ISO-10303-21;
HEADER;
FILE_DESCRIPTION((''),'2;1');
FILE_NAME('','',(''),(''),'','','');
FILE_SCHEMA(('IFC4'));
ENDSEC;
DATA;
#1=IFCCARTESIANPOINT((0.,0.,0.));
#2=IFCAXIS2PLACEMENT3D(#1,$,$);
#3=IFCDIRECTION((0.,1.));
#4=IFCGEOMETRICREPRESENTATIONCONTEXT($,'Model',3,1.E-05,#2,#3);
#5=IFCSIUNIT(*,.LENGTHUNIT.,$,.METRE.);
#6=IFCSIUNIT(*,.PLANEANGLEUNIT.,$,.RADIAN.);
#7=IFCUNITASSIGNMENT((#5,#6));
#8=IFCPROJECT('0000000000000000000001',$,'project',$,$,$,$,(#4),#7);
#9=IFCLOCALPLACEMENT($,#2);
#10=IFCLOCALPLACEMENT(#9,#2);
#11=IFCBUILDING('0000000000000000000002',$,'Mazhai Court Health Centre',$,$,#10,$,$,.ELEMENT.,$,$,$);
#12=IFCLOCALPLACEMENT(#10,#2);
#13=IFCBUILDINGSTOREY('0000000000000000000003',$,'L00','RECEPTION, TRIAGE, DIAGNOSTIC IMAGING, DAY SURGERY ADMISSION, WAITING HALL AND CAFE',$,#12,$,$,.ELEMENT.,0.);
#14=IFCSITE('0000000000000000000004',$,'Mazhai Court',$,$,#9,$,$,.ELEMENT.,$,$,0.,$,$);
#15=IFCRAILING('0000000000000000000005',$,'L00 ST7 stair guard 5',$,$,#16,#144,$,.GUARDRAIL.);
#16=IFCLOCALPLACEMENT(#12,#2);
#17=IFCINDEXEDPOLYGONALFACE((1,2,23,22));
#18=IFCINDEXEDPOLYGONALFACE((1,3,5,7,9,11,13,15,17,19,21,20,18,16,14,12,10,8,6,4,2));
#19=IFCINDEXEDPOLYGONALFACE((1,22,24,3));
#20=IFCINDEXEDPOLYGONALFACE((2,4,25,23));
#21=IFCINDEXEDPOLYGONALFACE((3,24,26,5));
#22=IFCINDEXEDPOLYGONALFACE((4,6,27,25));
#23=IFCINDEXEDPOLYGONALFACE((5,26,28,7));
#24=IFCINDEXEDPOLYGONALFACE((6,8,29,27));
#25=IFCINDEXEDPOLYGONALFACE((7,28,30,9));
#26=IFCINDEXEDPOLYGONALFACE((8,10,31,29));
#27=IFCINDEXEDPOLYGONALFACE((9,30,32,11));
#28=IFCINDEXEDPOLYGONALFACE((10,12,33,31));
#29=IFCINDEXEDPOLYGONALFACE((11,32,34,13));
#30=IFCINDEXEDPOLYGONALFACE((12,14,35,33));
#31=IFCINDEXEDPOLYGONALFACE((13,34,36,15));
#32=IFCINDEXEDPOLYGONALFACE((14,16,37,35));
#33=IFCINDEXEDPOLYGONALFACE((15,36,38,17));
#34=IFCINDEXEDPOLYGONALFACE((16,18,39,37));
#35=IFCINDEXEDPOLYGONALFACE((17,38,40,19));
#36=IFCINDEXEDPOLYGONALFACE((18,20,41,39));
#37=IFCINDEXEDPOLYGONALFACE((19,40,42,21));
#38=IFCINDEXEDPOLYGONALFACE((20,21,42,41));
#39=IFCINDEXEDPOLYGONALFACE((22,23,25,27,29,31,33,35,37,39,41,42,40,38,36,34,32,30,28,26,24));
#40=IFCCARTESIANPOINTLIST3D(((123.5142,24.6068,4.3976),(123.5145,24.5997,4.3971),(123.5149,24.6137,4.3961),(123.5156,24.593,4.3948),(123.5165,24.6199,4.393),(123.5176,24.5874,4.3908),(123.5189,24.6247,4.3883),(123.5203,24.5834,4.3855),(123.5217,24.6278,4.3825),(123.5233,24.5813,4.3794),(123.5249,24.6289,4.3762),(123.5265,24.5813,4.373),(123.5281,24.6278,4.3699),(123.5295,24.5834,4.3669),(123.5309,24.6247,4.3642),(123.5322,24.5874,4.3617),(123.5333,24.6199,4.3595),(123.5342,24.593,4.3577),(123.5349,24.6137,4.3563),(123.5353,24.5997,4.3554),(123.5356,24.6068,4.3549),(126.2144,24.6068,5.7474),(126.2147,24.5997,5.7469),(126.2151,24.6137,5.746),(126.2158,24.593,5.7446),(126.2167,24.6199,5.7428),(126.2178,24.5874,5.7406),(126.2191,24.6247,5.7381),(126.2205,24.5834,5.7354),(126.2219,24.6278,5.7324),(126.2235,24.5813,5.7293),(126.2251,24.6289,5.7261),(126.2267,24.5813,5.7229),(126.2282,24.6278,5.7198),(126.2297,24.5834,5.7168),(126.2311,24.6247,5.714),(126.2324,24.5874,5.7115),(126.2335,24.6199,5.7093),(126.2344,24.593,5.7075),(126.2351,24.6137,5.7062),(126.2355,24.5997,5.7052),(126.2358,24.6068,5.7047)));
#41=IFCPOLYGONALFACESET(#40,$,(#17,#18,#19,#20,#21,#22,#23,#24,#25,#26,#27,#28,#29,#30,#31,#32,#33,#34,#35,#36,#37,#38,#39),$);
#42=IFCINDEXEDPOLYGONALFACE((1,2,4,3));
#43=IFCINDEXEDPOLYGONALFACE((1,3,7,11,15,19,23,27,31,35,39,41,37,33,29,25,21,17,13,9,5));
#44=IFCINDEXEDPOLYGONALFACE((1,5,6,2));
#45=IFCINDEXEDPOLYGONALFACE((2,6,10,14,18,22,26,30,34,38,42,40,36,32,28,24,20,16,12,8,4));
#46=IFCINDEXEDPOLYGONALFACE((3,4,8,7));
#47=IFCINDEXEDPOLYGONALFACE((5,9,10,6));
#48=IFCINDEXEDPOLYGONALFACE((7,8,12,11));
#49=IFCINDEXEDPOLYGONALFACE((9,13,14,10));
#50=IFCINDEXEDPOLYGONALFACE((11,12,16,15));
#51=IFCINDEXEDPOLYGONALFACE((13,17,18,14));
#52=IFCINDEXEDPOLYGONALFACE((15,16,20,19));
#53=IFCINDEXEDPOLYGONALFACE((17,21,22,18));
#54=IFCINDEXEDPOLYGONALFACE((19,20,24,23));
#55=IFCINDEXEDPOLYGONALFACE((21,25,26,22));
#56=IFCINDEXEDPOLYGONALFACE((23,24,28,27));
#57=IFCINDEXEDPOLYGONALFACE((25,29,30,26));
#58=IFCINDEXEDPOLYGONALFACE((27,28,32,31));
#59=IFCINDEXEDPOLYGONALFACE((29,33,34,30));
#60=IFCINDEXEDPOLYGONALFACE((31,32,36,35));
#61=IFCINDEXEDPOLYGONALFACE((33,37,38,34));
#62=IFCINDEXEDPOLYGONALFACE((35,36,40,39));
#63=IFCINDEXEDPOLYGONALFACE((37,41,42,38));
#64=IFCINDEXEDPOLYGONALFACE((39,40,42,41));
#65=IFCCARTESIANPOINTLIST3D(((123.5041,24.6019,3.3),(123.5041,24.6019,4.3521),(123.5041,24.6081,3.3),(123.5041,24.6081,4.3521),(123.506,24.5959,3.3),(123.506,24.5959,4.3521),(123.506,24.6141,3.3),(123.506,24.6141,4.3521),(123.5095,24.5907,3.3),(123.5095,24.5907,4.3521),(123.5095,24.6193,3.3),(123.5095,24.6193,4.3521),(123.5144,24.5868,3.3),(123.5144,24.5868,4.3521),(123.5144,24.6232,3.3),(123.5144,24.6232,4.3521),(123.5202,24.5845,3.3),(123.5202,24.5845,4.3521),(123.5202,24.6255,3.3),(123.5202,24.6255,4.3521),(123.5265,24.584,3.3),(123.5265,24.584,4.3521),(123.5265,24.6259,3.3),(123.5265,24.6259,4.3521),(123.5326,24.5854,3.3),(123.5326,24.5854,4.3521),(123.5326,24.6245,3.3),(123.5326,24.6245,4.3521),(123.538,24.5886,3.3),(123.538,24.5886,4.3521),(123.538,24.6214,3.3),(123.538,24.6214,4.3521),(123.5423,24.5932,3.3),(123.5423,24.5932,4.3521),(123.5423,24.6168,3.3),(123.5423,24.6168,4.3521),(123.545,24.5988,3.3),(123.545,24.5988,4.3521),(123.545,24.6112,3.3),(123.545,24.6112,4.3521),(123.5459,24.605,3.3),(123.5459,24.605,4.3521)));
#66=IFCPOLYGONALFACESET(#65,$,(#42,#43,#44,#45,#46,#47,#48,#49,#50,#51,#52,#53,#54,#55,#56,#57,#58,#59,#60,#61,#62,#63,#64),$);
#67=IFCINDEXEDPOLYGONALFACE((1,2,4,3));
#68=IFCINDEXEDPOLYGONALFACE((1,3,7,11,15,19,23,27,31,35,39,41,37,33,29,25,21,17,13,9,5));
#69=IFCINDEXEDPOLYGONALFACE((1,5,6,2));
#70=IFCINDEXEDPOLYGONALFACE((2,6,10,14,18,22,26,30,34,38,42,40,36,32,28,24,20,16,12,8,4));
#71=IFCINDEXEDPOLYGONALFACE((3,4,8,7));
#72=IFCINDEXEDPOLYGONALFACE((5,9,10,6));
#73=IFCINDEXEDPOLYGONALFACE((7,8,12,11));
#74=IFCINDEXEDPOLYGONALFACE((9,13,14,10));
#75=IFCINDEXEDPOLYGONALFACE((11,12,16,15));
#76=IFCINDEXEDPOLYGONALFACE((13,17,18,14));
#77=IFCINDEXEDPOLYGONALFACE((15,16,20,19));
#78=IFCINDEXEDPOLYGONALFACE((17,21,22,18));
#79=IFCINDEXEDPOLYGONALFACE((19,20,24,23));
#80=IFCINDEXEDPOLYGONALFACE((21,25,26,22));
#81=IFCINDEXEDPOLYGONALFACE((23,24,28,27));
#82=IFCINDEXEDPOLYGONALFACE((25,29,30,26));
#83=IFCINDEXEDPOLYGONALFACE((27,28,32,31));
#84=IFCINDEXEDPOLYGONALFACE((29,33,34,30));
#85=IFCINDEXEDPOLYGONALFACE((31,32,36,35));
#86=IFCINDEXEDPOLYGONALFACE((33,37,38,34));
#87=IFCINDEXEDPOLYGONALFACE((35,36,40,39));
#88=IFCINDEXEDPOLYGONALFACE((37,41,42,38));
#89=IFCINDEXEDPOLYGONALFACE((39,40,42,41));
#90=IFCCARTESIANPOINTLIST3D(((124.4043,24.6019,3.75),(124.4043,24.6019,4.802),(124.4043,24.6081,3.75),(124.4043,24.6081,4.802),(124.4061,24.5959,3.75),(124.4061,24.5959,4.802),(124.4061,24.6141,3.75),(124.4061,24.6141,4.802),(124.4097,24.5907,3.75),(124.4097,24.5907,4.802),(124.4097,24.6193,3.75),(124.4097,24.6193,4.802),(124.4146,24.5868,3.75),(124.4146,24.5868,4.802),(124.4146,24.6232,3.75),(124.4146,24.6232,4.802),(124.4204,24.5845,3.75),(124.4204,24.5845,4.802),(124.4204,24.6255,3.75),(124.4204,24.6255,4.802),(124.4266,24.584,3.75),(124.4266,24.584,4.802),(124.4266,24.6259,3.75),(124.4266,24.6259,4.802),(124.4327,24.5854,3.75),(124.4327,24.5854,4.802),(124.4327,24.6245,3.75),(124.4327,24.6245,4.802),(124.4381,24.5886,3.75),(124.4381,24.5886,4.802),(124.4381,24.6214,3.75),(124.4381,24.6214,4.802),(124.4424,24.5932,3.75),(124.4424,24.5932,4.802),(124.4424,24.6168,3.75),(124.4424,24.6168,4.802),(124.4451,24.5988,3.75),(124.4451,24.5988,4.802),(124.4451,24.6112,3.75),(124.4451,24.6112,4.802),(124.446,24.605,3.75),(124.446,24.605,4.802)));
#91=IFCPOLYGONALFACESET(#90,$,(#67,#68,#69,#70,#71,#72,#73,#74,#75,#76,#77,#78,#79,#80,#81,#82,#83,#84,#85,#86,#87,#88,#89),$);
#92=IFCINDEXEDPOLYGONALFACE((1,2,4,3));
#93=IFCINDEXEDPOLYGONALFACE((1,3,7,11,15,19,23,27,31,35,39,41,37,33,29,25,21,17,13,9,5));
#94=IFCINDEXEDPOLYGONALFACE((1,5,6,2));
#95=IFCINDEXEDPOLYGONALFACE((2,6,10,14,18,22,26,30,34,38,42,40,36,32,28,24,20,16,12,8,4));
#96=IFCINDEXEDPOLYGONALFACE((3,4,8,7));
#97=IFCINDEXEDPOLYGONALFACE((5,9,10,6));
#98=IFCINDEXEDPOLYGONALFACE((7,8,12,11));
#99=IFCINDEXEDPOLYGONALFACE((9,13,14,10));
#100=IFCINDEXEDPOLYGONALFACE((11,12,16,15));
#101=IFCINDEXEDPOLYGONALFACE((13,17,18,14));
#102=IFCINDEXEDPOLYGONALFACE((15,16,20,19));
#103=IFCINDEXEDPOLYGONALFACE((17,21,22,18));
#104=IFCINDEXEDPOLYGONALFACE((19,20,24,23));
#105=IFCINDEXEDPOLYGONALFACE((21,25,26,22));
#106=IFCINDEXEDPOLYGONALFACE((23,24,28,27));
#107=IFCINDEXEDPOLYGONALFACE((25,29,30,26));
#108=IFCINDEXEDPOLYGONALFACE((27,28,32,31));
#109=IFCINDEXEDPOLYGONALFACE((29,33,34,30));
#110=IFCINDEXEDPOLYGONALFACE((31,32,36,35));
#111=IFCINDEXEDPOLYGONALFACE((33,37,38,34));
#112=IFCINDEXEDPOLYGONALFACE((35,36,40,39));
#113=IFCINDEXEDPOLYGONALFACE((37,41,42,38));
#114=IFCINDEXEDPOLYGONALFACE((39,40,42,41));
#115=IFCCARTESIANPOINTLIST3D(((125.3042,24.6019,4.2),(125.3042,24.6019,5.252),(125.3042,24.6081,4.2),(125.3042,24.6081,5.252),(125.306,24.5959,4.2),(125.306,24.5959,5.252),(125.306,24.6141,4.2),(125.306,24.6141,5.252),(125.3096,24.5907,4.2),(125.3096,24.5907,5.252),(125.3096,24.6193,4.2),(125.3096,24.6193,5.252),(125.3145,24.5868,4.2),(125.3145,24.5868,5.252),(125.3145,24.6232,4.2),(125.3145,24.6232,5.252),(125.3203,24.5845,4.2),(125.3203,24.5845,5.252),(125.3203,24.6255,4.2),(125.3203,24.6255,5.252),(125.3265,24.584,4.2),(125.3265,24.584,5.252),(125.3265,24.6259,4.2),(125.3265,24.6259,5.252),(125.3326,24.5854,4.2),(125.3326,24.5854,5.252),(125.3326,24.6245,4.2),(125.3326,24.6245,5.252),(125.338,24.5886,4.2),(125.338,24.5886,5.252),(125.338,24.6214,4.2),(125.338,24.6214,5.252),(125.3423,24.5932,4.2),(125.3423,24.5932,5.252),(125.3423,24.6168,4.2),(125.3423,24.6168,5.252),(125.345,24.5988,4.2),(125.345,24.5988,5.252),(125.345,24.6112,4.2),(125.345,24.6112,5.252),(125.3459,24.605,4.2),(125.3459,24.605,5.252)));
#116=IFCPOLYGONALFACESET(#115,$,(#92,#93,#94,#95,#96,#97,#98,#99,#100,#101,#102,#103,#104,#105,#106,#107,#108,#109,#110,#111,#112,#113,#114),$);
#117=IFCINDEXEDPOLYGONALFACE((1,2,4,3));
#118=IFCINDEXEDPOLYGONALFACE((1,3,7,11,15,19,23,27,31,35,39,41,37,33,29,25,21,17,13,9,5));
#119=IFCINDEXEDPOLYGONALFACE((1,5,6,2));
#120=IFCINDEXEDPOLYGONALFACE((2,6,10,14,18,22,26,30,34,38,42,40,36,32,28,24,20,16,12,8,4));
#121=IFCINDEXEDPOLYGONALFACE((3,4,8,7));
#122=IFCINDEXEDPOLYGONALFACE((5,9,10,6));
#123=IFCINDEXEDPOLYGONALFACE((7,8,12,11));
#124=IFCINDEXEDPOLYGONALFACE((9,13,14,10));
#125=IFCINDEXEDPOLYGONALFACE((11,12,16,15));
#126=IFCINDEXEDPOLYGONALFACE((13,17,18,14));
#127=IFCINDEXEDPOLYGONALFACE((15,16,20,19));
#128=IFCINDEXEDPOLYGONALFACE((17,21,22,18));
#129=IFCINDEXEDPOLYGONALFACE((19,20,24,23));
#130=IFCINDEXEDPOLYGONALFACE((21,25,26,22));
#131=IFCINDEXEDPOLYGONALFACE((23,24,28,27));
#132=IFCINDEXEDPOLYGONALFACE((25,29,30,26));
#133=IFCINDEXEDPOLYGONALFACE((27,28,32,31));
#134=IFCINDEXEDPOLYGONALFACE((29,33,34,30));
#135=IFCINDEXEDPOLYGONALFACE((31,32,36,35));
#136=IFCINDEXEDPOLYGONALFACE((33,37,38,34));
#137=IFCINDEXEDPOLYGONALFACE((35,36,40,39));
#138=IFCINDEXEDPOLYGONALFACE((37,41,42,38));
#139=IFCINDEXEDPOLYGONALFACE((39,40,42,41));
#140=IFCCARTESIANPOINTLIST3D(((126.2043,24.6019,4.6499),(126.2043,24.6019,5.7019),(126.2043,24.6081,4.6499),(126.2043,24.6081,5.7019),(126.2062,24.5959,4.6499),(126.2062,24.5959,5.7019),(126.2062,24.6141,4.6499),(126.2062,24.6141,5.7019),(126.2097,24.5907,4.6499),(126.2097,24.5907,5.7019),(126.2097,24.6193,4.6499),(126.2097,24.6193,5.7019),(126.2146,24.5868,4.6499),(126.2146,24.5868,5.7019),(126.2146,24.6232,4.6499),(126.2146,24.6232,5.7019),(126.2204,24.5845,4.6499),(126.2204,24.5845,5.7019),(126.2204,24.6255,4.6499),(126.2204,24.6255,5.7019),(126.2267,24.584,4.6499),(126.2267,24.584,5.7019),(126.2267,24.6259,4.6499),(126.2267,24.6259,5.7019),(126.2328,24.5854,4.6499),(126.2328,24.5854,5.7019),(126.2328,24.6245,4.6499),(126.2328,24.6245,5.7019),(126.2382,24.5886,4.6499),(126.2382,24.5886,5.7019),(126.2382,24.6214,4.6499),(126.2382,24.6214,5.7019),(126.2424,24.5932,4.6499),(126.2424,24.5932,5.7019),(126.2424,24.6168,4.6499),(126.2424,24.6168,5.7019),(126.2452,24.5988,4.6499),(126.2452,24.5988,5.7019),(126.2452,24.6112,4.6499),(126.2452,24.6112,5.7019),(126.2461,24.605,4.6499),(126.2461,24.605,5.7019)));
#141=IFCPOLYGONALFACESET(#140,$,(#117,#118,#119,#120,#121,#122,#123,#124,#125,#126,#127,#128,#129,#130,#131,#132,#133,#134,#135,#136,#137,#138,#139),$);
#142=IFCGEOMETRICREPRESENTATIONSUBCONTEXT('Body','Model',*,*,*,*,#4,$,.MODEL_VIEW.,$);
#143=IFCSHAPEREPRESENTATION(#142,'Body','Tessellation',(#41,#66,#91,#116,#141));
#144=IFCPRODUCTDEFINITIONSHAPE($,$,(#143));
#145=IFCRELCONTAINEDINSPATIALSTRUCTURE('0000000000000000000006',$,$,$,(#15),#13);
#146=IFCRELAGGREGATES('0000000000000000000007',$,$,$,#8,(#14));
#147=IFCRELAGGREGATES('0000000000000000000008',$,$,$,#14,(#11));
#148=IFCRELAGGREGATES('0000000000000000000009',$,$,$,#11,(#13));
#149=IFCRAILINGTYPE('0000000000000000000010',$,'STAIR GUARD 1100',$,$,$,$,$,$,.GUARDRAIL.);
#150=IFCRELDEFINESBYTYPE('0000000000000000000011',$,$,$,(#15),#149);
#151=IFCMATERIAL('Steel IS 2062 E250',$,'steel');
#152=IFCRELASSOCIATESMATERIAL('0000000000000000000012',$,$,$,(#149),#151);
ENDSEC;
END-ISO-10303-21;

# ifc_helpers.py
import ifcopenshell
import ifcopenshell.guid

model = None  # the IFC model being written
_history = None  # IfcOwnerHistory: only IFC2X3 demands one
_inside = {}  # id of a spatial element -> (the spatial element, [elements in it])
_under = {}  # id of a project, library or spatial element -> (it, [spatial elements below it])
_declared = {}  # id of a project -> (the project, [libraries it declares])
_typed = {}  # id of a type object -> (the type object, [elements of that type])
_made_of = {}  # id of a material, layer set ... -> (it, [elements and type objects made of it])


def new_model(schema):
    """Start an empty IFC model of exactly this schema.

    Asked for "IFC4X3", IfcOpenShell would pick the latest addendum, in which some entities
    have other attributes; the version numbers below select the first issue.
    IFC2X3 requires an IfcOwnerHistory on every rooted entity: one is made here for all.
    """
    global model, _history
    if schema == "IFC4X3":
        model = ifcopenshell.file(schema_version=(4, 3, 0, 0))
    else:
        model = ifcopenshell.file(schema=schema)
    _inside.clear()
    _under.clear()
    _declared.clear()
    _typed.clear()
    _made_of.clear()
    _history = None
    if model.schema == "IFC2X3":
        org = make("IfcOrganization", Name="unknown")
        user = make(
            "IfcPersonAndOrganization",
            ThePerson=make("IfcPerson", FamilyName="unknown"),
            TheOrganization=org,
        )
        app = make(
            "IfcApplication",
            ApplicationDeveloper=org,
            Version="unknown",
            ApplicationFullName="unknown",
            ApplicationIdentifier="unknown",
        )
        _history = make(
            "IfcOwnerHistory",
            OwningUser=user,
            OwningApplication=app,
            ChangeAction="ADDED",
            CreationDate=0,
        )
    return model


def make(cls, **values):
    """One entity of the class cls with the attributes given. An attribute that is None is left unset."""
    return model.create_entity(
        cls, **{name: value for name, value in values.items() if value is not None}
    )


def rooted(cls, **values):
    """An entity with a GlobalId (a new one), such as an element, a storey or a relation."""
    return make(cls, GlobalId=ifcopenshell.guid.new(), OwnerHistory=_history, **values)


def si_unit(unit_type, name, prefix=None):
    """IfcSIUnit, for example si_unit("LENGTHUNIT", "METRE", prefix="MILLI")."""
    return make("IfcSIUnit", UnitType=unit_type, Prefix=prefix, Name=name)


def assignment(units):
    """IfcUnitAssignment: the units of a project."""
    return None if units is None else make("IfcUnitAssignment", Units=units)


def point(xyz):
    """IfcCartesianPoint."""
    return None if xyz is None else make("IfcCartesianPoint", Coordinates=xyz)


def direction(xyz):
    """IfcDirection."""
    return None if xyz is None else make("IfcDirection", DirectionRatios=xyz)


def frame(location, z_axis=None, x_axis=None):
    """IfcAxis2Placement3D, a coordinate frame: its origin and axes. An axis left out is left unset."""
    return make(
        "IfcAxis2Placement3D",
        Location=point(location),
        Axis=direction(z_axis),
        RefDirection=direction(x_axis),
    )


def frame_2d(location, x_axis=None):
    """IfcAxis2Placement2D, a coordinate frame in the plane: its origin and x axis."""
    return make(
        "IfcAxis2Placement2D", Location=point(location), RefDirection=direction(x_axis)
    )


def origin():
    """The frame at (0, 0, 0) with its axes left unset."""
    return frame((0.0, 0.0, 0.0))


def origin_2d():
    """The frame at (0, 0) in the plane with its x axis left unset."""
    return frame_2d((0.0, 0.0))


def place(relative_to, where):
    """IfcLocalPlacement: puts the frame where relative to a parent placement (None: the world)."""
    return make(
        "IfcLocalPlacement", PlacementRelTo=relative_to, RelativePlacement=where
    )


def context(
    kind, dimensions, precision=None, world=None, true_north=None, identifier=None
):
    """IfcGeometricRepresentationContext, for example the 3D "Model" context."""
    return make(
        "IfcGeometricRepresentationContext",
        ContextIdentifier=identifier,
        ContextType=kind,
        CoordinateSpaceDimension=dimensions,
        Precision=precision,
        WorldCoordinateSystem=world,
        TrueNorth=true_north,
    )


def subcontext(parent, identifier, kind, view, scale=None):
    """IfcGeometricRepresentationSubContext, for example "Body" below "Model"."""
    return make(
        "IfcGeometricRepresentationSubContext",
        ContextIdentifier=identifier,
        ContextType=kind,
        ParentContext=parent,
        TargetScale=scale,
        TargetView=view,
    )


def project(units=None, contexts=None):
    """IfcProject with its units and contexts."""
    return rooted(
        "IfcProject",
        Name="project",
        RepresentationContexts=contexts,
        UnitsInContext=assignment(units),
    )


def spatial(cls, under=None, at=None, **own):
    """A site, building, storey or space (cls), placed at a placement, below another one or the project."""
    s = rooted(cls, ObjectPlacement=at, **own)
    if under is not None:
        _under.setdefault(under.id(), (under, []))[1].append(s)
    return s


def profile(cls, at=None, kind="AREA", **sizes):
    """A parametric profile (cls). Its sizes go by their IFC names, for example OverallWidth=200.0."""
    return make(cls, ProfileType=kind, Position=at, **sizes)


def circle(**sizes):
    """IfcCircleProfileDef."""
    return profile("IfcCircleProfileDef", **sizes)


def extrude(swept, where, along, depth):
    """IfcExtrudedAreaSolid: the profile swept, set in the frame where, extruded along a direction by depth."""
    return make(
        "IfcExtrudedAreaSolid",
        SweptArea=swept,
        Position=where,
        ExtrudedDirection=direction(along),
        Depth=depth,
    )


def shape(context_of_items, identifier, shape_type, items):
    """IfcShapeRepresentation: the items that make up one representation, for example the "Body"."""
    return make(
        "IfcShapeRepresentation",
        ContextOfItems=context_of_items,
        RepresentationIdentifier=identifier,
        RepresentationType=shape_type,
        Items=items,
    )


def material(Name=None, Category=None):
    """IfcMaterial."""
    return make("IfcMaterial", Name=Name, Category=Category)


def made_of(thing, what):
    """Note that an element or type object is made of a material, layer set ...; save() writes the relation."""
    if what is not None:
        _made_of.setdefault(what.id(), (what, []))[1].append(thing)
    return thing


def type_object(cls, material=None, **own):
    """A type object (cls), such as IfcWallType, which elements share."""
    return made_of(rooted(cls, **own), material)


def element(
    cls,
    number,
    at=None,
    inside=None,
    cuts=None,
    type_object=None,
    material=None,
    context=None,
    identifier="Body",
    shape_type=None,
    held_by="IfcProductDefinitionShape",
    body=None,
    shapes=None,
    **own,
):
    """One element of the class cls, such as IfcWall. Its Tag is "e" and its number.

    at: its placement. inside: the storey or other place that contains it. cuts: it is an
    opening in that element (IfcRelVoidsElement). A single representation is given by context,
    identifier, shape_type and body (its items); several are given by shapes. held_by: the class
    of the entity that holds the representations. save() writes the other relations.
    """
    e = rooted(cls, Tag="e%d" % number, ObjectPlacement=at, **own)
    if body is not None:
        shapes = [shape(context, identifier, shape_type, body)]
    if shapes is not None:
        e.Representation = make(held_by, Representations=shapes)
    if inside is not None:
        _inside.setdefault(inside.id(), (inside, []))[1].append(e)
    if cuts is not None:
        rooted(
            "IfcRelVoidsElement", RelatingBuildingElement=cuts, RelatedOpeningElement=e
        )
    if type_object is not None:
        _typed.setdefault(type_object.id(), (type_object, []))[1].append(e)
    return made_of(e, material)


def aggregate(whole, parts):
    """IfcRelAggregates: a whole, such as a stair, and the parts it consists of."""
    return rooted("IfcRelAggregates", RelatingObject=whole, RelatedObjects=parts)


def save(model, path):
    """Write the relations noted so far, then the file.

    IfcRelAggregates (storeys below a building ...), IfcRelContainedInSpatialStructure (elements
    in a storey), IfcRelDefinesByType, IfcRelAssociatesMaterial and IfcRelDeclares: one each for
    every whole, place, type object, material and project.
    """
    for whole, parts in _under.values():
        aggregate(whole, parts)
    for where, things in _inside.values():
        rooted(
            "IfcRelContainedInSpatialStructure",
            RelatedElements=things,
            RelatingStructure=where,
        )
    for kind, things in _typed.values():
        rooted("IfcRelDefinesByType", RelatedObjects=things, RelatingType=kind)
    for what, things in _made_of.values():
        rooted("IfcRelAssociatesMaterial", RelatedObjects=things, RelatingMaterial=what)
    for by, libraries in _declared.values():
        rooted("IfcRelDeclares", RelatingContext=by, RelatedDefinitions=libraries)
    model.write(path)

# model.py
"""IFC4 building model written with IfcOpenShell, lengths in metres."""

from ifc_helpers import new_model, si_unit, direction, frame, origin, origin_2d, place, context, subcontext, project, spatial, circle, extrude, material, type_object, element, save


model = new_model("IFC4")

# Units and contexts
model_context = context("Model", 3, precision=1e-05, world=origin(), true_north=direction((0.0, 1.0)))
body_context = subcontext(model_context, "Body", "Model", "MODEL_VIEW")
ifc_project = project(units=[si_unit("LENGTHUNIT", "METRE"), si_unit("PLANEANGLEUNIT", "RADIAN")], contexts=[model_context])

# Site, building, storey
site_placement = place(None, origin())
site = spatial("IfcSite", under=ifc_project, at=site_placement, Name="Mazhai Court", CompositionType="ELEMENT", RefElevation=0.0)
building_placement = place(site_placement, origin())
building = spatial("IfcBuilding", under=site, at=building_placement, Name="Mazhai Court Health Centre", CompositionType="ELEMENT")
storey_placement = place(building_placement, origin())
storey = spatial("IfcBuildingStorey", under=building, at=storey_placement, Name="L00", Description="RECEPTION, TRIAGE, DIAGNOSTIC IMAGING, DAY SURGERY ADMISSION, WAITING HALL AND CAFE", CompositionType="ELEMENT", Elevation=0.0)

# Railing
ifc_material_1 = material(Name="Steel IS 2062 E250", Category="steel")
railing_type_1 = type_object("IfcRailingType", Name="STAIR GUARD 1100", PredefinedType="GUARDRAIL", material=ifc_material_1)
railing_1_placement = place(storey_placement, frame((123.5249, 24.605, 3.3)))
element("IfcRailing", 1, at=railing_1_placement, inside=storey, type_object=railing_type_1, Name="L00 ST7 stair guard 5", PredefinedType="GUARDRAIL", context=body_context, shape_type="SweptSolid", body=[
    extrude(circle(Radius=0.0239, at=origin_2d()), frame((0.0, 0.0, 1.0762), z_axis=(0.89446, 0.0, 0.447149), x_axis=(0.0, 1.0, 0.0)), (0.0, 0.0, 1.0), 3.0188),
    extrude(circle(Radius=0.021, at=origin_2d()), origin(), (0.0, 0.0, 1.0), 1.052),
    extrude(circle(Radius=0.021, at=origin_2d()), frame((0.9001, 0.0, 0.45)), (0.0, 0.0, 1.0), 1.052),
    extrude(circle(Radius=0.021, at=origin_2d()), frame((1.8, 0.0, 0.8999)), (0.0, 0.0, 1.0), 1.052),
    extrude(circle(Radius=0.021, at=origin_2d()), frame((2.7002, 0.0, 1.3499)), (0.0, 0.0, 1.0), 1.052),
])

save(model, "model.ifc")
